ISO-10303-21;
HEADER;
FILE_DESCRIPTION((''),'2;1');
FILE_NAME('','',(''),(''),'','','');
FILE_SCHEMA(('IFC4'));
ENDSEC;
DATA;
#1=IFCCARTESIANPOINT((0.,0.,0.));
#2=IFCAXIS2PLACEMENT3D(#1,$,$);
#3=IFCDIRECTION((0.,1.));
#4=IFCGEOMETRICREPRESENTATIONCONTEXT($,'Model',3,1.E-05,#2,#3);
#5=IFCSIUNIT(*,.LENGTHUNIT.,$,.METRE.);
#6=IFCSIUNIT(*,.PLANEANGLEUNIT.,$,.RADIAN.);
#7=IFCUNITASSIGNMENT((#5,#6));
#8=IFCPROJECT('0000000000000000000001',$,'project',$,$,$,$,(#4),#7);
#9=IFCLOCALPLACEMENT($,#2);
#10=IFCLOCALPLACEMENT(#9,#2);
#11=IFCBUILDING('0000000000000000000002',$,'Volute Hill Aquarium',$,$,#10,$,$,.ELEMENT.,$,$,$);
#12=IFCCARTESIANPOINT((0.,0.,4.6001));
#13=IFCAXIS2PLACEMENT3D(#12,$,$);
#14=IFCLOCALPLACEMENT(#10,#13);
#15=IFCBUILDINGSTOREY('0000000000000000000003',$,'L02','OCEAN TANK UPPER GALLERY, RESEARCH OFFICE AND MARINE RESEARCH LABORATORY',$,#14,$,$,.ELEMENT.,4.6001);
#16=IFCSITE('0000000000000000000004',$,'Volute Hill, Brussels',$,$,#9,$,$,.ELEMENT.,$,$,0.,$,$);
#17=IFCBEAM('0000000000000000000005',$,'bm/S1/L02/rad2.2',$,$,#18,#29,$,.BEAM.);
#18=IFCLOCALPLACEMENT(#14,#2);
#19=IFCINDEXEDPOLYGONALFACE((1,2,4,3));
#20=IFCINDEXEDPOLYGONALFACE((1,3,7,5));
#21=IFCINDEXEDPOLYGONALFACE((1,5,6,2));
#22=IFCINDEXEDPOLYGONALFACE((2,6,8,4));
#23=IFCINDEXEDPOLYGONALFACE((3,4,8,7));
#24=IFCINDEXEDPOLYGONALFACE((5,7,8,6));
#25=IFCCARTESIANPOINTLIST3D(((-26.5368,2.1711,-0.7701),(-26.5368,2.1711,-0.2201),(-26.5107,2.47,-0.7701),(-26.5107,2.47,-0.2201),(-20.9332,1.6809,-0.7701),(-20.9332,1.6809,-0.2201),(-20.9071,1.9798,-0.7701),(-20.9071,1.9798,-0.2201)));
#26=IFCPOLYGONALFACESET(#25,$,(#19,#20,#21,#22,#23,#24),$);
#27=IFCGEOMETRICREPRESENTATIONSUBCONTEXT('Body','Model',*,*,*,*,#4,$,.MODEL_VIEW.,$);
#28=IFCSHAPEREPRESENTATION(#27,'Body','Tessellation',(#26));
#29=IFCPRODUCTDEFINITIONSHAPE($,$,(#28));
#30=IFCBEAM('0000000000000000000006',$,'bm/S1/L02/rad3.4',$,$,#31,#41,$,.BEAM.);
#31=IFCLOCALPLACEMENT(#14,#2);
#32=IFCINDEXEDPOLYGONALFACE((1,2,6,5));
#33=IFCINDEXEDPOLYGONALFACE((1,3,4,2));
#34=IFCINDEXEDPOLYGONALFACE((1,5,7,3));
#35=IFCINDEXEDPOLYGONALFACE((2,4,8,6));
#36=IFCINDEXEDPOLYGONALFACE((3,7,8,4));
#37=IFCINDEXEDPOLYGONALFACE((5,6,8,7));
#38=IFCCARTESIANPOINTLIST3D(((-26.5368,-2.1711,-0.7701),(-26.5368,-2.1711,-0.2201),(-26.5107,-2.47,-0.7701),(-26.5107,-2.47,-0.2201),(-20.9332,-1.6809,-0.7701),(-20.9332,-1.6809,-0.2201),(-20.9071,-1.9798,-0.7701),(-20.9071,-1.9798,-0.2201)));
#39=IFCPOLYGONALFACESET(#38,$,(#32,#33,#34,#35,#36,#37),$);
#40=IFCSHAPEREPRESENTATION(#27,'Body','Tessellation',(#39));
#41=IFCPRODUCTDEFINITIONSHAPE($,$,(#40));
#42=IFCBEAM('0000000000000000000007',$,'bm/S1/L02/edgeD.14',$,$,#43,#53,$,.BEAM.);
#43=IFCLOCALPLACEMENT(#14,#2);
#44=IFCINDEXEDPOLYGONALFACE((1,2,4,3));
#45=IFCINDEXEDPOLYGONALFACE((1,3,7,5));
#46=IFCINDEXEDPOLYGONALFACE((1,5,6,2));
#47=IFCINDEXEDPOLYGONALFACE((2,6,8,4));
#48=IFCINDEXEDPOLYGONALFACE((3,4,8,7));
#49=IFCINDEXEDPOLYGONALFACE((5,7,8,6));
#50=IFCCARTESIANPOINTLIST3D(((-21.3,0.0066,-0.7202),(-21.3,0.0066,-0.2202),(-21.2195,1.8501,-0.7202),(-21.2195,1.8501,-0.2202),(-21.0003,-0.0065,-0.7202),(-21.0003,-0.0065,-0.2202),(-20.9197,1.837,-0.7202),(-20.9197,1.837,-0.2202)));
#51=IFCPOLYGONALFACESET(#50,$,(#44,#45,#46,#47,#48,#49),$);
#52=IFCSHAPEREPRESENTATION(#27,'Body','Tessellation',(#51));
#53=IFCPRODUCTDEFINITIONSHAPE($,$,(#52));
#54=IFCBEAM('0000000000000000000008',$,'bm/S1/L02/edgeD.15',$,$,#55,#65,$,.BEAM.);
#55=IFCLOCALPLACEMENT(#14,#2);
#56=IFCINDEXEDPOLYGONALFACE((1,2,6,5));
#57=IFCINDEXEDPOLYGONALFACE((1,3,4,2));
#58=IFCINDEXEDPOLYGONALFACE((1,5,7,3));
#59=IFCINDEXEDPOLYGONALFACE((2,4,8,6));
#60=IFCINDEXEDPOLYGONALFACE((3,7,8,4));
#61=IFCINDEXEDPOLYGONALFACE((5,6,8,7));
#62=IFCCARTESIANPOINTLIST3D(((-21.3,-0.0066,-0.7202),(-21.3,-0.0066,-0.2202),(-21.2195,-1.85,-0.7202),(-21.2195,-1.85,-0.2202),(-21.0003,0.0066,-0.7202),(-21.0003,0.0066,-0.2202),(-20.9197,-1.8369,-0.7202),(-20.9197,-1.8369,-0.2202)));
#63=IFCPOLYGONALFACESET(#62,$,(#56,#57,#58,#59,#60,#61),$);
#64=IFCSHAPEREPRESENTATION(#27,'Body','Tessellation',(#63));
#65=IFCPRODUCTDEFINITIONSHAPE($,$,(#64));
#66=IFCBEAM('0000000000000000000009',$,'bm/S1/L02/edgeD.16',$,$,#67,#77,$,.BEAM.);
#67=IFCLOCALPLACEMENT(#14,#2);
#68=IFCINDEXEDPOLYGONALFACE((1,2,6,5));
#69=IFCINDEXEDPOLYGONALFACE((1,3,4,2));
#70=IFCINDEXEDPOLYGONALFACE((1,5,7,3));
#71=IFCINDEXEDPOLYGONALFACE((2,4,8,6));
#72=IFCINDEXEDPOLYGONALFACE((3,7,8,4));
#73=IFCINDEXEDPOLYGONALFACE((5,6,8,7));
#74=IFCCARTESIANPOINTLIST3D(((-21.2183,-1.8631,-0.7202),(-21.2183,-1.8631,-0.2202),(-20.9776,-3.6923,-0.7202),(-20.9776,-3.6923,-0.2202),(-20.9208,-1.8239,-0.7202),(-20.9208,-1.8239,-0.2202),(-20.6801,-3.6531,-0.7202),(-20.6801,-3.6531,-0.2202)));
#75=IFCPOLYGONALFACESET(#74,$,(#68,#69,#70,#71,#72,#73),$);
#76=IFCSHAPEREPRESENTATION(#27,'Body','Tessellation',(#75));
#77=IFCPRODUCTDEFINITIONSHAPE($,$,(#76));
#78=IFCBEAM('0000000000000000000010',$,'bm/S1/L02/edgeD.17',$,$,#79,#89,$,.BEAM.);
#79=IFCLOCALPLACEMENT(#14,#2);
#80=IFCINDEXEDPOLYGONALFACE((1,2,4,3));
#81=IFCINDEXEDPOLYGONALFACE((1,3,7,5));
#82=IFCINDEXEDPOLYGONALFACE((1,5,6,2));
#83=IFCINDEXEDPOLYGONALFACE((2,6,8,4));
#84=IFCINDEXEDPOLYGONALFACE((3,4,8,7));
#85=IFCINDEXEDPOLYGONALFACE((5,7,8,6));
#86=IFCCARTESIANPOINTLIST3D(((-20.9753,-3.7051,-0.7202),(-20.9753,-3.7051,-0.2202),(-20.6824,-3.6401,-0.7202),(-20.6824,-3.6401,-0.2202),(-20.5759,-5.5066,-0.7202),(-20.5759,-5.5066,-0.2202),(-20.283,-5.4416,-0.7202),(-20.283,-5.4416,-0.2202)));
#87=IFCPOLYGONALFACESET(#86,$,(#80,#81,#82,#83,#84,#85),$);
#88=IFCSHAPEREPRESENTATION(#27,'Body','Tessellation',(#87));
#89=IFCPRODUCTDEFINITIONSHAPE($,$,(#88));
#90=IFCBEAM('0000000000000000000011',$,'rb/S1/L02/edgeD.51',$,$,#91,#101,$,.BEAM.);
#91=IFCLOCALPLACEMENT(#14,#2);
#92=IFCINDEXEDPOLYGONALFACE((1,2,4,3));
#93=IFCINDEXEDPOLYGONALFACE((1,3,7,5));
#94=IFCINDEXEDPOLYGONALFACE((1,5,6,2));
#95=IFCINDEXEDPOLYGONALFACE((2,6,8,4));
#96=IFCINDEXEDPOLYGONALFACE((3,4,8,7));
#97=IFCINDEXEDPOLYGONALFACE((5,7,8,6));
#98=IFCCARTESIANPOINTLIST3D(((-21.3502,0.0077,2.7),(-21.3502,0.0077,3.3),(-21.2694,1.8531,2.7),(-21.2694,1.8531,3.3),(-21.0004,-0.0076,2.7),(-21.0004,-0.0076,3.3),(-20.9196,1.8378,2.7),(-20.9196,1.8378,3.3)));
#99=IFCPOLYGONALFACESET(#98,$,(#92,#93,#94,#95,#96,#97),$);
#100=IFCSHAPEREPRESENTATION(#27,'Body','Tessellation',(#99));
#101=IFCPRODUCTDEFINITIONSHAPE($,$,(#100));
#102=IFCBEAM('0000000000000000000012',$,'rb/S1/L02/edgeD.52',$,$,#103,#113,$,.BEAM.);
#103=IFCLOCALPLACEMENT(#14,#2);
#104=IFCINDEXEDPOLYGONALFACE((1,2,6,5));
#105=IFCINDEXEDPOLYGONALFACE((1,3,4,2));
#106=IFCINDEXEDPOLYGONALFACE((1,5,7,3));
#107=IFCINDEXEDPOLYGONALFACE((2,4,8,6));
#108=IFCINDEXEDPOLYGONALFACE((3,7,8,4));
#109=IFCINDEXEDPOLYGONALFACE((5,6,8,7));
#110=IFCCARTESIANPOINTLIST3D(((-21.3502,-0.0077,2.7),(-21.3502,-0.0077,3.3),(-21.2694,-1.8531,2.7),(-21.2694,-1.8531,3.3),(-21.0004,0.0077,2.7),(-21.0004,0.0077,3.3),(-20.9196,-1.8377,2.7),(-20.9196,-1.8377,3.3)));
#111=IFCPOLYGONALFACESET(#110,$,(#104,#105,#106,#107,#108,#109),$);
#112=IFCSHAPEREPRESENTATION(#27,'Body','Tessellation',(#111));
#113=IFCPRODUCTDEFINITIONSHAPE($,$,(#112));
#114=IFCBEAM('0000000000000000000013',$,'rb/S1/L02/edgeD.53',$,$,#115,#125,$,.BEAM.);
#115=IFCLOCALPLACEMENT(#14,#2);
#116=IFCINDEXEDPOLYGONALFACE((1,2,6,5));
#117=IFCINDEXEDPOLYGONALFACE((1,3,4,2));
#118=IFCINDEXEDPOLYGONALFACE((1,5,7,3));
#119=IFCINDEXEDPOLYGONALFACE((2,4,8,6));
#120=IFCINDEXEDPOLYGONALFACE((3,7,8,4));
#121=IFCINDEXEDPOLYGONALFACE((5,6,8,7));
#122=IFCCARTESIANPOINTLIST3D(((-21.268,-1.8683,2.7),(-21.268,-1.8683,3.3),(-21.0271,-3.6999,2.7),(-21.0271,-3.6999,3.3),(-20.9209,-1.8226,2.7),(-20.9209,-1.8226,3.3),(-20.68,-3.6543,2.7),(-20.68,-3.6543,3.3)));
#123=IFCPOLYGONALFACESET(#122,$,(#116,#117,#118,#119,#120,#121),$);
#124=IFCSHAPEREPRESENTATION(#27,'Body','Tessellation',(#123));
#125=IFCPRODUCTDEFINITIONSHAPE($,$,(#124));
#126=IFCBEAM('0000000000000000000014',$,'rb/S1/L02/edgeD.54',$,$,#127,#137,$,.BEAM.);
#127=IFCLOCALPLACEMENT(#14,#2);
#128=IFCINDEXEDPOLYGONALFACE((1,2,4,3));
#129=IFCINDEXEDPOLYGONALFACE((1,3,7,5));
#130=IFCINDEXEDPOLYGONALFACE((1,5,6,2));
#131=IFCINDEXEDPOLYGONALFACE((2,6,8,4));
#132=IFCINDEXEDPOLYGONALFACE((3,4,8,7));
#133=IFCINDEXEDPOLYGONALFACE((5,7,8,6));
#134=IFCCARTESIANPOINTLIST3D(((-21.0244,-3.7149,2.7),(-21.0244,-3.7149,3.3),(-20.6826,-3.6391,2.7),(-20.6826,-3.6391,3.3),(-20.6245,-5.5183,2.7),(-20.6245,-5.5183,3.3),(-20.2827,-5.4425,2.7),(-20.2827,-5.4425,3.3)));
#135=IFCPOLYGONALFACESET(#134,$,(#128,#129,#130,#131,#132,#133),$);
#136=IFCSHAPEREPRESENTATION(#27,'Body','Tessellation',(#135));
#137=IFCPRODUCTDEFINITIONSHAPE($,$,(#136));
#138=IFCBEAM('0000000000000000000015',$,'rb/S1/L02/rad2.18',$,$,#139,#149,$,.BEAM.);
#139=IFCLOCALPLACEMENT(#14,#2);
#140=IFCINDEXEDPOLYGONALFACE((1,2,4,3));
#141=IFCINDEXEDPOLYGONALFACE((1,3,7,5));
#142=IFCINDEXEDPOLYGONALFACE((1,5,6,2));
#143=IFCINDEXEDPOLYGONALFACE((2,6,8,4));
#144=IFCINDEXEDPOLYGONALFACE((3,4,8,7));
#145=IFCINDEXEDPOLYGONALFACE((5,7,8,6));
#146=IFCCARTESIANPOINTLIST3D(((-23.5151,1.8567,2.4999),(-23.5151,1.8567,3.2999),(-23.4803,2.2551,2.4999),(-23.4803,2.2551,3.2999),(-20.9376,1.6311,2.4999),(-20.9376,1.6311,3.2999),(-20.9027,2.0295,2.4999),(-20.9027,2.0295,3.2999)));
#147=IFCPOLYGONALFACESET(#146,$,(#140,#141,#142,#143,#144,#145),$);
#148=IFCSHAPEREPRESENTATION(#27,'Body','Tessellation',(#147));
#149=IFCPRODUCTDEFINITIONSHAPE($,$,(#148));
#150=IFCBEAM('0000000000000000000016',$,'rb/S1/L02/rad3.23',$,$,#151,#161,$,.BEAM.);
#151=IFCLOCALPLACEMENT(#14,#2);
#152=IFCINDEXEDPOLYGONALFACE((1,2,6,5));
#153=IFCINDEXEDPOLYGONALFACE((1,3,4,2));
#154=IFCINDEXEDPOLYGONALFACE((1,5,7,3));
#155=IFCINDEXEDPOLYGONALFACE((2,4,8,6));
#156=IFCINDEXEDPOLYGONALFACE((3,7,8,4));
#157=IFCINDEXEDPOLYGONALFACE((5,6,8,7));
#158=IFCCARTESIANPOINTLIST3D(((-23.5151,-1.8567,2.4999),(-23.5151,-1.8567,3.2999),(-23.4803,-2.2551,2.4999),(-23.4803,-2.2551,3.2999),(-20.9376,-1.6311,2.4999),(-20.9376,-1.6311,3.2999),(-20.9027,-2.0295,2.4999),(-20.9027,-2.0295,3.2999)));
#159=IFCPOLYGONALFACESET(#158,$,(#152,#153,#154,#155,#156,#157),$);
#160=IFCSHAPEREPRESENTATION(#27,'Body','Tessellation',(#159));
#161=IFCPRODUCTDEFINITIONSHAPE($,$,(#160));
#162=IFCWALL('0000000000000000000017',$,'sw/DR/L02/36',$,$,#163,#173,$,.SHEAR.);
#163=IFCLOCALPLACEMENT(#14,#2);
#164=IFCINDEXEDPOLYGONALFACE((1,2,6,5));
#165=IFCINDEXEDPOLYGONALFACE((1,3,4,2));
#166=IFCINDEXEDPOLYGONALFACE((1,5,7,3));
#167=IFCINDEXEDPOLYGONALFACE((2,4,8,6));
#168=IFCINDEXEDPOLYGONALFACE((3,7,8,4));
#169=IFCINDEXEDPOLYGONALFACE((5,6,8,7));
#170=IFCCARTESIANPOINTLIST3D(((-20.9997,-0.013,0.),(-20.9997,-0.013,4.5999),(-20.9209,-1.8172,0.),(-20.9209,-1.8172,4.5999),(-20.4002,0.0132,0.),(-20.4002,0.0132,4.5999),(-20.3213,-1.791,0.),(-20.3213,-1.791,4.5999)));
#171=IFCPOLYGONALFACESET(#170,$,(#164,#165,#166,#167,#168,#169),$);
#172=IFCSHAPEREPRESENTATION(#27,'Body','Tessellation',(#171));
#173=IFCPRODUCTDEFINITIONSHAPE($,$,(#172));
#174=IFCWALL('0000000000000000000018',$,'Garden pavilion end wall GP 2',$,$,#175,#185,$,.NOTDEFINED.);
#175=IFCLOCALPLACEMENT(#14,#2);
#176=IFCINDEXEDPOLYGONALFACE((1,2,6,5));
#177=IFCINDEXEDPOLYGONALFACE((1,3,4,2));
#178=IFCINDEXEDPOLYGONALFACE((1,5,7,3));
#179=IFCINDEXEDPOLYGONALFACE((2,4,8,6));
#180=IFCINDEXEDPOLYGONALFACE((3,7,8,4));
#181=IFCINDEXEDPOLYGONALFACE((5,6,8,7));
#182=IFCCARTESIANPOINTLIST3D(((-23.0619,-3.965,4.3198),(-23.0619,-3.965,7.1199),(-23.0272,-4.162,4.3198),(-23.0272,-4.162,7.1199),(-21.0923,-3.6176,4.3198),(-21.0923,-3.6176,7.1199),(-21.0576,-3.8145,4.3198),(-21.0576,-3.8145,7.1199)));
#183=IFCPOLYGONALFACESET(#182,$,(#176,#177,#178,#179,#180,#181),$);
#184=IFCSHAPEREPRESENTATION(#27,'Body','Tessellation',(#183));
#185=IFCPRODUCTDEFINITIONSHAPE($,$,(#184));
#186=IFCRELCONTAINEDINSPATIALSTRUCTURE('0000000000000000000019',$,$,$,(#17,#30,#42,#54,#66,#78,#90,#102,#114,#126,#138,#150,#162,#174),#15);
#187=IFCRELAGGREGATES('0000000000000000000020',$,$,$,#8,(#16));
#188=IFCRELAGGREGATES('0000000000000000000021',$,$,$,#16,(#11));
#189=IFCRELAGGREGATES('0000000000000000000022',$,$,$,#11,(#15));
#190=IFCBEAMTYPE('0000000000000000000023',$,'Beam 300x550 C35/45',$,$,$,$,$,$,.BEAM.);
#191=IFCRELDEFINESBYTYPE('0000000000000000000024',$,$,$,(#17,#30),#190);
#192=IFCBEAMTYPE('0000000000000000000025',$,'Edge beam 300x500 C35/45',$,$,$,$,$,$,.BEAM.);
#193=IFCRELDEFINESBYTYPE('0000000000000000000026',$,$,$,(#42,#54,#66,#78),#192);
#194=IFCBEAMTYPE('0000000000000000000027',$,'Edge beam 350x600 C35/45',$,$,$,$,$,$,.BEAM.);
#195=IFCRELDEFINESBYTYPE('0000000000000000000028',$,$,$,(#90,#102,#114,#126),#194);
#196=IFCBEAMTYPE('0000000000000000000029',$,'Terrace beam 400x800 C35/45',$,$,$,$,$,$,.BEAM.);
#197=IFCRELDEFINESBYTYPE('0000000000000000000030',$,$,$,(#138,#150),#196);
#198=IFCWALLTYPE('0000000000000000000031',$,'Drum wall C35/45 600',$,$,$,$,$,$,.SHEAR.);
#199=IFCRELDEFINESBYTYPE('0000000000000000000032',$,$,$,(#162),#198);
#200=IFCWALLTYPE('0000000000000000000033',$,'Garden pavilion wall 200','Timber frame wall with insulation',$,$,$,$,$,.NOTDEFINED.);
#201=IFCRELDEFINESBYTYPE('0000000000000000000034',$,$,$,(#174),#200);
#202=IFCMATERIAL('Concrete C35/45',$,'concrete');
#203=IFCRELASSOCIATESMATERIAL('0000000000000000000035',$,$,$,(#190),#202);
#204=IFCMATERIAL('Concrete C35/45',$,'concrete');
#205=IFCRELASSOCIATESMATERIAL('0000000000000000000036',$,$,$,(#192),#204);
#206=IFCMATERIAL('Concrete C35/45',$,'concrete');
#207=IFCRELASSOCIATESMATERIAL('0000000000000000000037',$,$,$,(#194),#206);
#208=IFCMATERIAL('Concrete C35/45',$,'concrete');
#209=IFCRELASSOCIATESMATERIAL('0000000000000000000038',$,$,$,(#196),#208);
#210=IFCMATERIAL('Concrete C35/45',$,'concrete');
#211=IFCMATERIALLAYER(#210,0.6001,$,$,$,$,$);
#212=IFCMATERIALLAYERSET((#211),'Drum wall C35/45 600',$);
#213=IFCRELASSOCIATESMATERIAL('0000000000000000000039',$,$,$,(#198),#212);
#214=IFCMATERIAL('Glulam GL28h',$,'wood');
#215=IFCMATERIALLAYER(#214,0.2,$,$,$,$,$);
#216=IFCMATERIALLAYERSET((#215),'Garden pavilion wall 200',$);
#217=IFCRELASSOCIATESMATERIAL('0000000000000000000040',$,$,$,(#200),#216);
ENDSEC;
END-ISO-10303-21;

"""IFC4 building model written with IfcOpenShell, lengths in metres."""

from ifc_helpers import new_model, si_unit, direction, frame, frame_2d, origin, origin_2d, place, context, subcontext, project, spatial, rectangle, extrude, material, layer, layer_set, material_profile, profile_set, type_object, element, save


model = new_model("IFC4")

# Units and contexts
model_context = context("Model", 3, precision=1e-05, world=origin(), true_north=direction((0.0, 1.0)))
body_context = subcontext(model_context, "Body", "Model", "MODEL_VIEW")
ifc_project = project(units=[si_unit("LENGTHUNIT", "METRE"), si_unit("PLANEANGLEUNIT", "RADIAN")], contexts=[model_context])

# Site, building, storey
site_placement = place(None, origin())
site = spatial("IfcSite", under=ifc_project, at=site_placement, Name="Volute Hill, Brussels", CompositionType="ELEMENT", RefElevation=0.0)
building_placement = place(site_placement, origin())
building = spatial("IfcBuilding", under=site, at=building_placement, Name="Volute Hill Aquarium", CompositionType="ELEMENT")
storey_placement = place(building_placement, frame((0.0, 0.0, 4.6001)))
storey = spatial("IfcBuildingStorey", under=building, at=storey_placement, Name="L02", Description="OCEAN TANK UPPER GALLERY, RESEARCH OFFICE AND MARINE RESEARCH LABORATORY", CompositionType="ELEMENT", Elevation=4.6001)

# Beams
ifc_material_1 = material(Name="Concrete C35/45", Category="concrete")
ifc_material_profile_1 = material_profile(ifc_material_1, rectangle(XDim=0.3, YDim=0.55, at=origin_2d()), Name="RC beam 300x550")
ifc_profile_set_1 = profile_set([ifc_material_profile_1], Name="Concrete C35/45")
beam_type_1 = type_object("IfcBeamType", Name="Beam 300x550 C35/45", PredefinedType="BEAM", material=ifc_profile_set_1)
for number, where, z_axis, x_axis, name in (
    (1, (-20.9202, 1.8303, -0.4951), (-0.996195, 0.087154, 0.0), (-0.087154, -0.996195, 0.0), "bm/S1/L02/rad2.2"),
    (2, (-20.9202, -1.8303, -0.4951), (-0.996195, -0.087154, 0.0), (0.087154, -0.996195, 0.0), "bm/S1/L02/rad3.4"),
):
    element("IfcBeam", number, at=place(storey_placement, frame(where, z_axis=z_axis, x_axis=x_axis)), inside=storey, type_object=beam_type_1, Name=name, PredefinedType="BEAM", context=body_context, shape_type="SweptSolid", body=[
        extrude(rectangle(XDim=0.3, YDim=0.55, at=origin_2d()), origin(), (0.0, 0.0, 1.0), 5.625),
    ])
ifc_material_2 = material(Name="Concrete C35/45", Category="concrete")
ifc_material_profile_2 = material_profile(ifc_material_2, rectangle(XDim=0.3, YDim=0.5, at=origin_2d()), Name="RC edge beam 300x500")
ifc_profile_set_2 = profile_set([ifc_material_profile_2], Name="Concrete C35/45")
beam_type_2 = type_object("IfcBeamType", Name="Edge beam 300x500 C35/45", PredefinedType="BEAM", material=ifc_profile_set_2)
for number, where, z_axis, x_axis, name in (
    (3, (-21.0696, 1.8435, -0.4702), (-0.043661, -0.999046, 0.0), (0.999046, -0.043661, 0.0), "bm/S1/L02/edgeD.14"),
    (4, (-21.1501, 0.0, -0.4702), (0.043661, -0.999046, 0.0), (0.999046, 0.043661, 0.0), "bm/S1/L02/edgeD.15"),
):
    element("IfcBeam", number, at=place(storey_placement, frame(where, z_axis=z_axis, x_axis=x_axis)), inside=storey, type_object=beam_type_2, Name=name, PredefinedType="BEAM", context=body_context, shape_type="SweptSolid", body=[
        extrude(rectangle(XDim=0.3, YDim=0.5, at=origin_2d()), origin(), (0.0, 0.0, 1.0), 1.8452),
    ])
beam_1_placement = place(storey_placement, frame((-21.0696, -1.8435, -0.4702), z_axis=(0.130482, -0.991451, 0.0), x_axis=(0.991451, 0.130482, 0.0)))
element("IfcBeam", 5, at=beam_1_placement, inside=storey, type_object=beam_type_2, Name="bm/S1/L02/edgeD.16", PredefinedType="BEAM", context=body_context, shape_type="SweptSolid", body=[
    extrude(rectangle(XDim=0.3, YDim=0.5, at=origin_2d()), origin(), (0.0, 0.0, 1.0), 1.845),
])
beam_2_placement = place(storey_placement, frame((-20.8289, -3.6726, -0.4702), z_axis=(0.216454, -0.976293, 0.0), x_axis=(0.976293, 0.216454, 0.0)))
element("IfcBeam", 6, at=beam_2_placement, inside=storey, type_object=beam_type_2, Name="bm/S1/L02/edgeD.17", PredefinedType="BEAM", context=body_context, shape_type="SweptSolid", body=[
    extrude(rectangle(XDim=0.3, YDim=0.5, at=origin_2d()), origin(), (0.0, 0.0, 1.0), 1.8452),
])
ifc_material_3 = material(Name="Concrete C35/45", Category="concrete")
ifc_material_profile_3 = material_profile(ifc_material_3, rectangle(XDim=0.3501, YDim=0.6001, at=origin_2d()), Name="RC edge beam 350x600")
ifc_profile_set_3 = profile_set([ifc_material_profile_3], Name="Concrete C35/45")
beam_type_3 = type_object("IfcBeamType", Name="Edge beam 350x600 C35/45", PredefinedType="BEAM", material=ifc_profile_set_3)
for number, where, z_axis, x_axis, name in (
    (7, (-21.0945, 1.8455, 3.0), (-0.043747, -0.999043, 0.0), (0.999043, -0.043747, 0.0), "rb/S1/L02/edgeD.51"),
    (8, (-21.1753, 0.0, 3.0), (0.043747, -0.999043, 0.0), (0.999043, 0.043747, 0.0), "rb/S1/L02/edgeD.52"),
):
    element("IfcBeam", number, at=place(storey_placement, frame(where, z_axis=z_axis, x_axis=x_axis)), inside=storey, type_object=beam_type_3, Name=name, PredefinedType="BEAM", context=body_context, shape_type="SweptSolid", body=[
        extrude(rectangle(XDim=0.3501, YDim=0.6001, at=origin_2d()), origin(), (0.0, 0.0, 1.0), 1.8472),
    ])
beam_3_placement = place(storey_placement, frame((-21.0945, -1.8455, 3.0), z_axis=(0.130441, -0.991456, 0.0), x_axis=(0.991456, 0.130441, 0.0)))
element("IfcBeam", 9, at=beam_3_placement, inside=storey, type_object=beam_type_3, Name="rb/S1/L02/edgeD.53", PredefinedType="BEAM", context=body_context, shape_type="SweptSolid", body=[
    extrude(rectangle(XDim=0.3501, YDim=0.6001, at=origin_2d()), origin(), (0.0, 0.0, 1.0), 1.8474),
])
beam_4_placement = place(storey_placement, frame((-20.8535, -3.677, 3.0), z_axis=(0.216483, -0.976286, 0.0), x_axis=(0.976286, 0.216483, 0.0)))
element("IfcBeam", 10, at=beam_4_placement, inside=storey, type_object=beam_type_3, Name="rb/S1/L02/edgeD.54", PredefinedType="BEAM", context=body_context, shape_type="SweptSolid", body=[
    extrude(rectangle(XDim=0.3501, YDim=0.6001, at=origin_2d()), origin(), (0.0, 0.0, 1.0), 1.8472),
])
ifc_material_4 = material(Name="Concrete C35/45", Category="concrete")
ifc_material_profile_4 = material_profile(ifc_material_4, rectangle(XDim=0.3999, YDim=0.8, at=origin_2d()), Name="RC beam 400x800")
ifc_profile_set_4 = profile_set([ifc_material_profile_4], Name="Concrete C35/45")
beam_type_4 = type_object("IfcBeamType", Name="Terrace beam 400x800 C35/45", PredefinedType="BEAM", material=ifc_profile_set_4)
for number, where, z_axis, x_axis, name in (
    (11, (-20.9202, 1.8303, 2.8999), (-0.996192, 0.087183, 0.0), (-0.087183, -0.996192, 0.0), "rb/S1/L02/rad2.18"),
    (12, (-20.9202, -1.8303, 2.8999), (-0.996192, -0.087183, 0.0), (0.087183, -0.996192, 0.0), "rb/S1/L02/rad3.23"),
):
    element("IfcBeam", number, at=place(storey_placement, frame(where, z_axis=z_axis, x_axis=x_axis)), inside=storey, type_object=beam_type_4, Name=name, PredefinedType="BEAM", context=body_context, shape_type="SweptSolid", body=[
        extrude(rectangle(XDim=0.3999, YDim=0.8, at=origin_2d()), origin(), (0.0, 0.0, 1.0), 2.5874),
    ])

# Walls
ifc_material_5 = material(Name="Concrete C35/45", Category="concrete")
ifc_layer_1 = layer(ifc_material_5, 0.6001)
ifc_layer_set_1 = layer_set([ifc_layer_1], Name="Drum wall C35/45 600")
wall_type_1 = type_object("IfcWallType", Name="Drum wall C35/45 600", PredefinedType="SHEAR", material=ifc_layer_set_1)
wall_1_placement = place(storey_placement, frame((-20.7, 0.0, 0.0), z_axis=(0.0, 0.0, 1.0), x_axis=(0.043666, -0.999046, 0.0)))
element("IfcWall", 13, at=wall_1_placement, inside=storey, type_object=wall_type_1, Name="sw/DR/L02/36", PredefinedType="SHEAR", context=body_context, shape_type="SweptSolid", body=[
    extrude(rectangle(XDim=1.8059, YDim=0.6001, at=frame_2d((0.9028, 0.0))), origin(), (0.0, 0.0, 1.0), 4.5999),
])
ifc_material_6 = material(Name="Glulam GL28h", Category="wood")
ifc_layer_2 = layer(ifc_material_6, 0.2)
ifc_layer_set_2 = layer_set([ifc_layer_2], Name="Garden pavilion wall 200")
wall_type_2 = type_object("IfcWallType", Name="Garden pavilion wall 200", Description="Timber frame wall with insulation", PredefinedType="NOTDEFINED", material=ifc_layer_set_2)
wall_2_placement = place(storey_placement, frame((-21.075, -3.7161, 4.3198), z_axis=(0.0, 0.0, 1.0), x_axis=(-0.984796, -0.173716, 0.0)))
element("IfcWall", 14, at=wall_2_placement, inside=storey, type_object=wall_type_2, Name="Garden pavilion end wall GP 2", PredefinedType="NOTDEFINED", context=body_context, shape_type="SweptSolid", body=[
    extrude(rectangle(XDim=2.0, YDim=0.2, at=frame_2d((1.0, 0.0))), origin(), (0.0, 0.0, 1.0), 2.8),
])

save(model, "model.ifc")
